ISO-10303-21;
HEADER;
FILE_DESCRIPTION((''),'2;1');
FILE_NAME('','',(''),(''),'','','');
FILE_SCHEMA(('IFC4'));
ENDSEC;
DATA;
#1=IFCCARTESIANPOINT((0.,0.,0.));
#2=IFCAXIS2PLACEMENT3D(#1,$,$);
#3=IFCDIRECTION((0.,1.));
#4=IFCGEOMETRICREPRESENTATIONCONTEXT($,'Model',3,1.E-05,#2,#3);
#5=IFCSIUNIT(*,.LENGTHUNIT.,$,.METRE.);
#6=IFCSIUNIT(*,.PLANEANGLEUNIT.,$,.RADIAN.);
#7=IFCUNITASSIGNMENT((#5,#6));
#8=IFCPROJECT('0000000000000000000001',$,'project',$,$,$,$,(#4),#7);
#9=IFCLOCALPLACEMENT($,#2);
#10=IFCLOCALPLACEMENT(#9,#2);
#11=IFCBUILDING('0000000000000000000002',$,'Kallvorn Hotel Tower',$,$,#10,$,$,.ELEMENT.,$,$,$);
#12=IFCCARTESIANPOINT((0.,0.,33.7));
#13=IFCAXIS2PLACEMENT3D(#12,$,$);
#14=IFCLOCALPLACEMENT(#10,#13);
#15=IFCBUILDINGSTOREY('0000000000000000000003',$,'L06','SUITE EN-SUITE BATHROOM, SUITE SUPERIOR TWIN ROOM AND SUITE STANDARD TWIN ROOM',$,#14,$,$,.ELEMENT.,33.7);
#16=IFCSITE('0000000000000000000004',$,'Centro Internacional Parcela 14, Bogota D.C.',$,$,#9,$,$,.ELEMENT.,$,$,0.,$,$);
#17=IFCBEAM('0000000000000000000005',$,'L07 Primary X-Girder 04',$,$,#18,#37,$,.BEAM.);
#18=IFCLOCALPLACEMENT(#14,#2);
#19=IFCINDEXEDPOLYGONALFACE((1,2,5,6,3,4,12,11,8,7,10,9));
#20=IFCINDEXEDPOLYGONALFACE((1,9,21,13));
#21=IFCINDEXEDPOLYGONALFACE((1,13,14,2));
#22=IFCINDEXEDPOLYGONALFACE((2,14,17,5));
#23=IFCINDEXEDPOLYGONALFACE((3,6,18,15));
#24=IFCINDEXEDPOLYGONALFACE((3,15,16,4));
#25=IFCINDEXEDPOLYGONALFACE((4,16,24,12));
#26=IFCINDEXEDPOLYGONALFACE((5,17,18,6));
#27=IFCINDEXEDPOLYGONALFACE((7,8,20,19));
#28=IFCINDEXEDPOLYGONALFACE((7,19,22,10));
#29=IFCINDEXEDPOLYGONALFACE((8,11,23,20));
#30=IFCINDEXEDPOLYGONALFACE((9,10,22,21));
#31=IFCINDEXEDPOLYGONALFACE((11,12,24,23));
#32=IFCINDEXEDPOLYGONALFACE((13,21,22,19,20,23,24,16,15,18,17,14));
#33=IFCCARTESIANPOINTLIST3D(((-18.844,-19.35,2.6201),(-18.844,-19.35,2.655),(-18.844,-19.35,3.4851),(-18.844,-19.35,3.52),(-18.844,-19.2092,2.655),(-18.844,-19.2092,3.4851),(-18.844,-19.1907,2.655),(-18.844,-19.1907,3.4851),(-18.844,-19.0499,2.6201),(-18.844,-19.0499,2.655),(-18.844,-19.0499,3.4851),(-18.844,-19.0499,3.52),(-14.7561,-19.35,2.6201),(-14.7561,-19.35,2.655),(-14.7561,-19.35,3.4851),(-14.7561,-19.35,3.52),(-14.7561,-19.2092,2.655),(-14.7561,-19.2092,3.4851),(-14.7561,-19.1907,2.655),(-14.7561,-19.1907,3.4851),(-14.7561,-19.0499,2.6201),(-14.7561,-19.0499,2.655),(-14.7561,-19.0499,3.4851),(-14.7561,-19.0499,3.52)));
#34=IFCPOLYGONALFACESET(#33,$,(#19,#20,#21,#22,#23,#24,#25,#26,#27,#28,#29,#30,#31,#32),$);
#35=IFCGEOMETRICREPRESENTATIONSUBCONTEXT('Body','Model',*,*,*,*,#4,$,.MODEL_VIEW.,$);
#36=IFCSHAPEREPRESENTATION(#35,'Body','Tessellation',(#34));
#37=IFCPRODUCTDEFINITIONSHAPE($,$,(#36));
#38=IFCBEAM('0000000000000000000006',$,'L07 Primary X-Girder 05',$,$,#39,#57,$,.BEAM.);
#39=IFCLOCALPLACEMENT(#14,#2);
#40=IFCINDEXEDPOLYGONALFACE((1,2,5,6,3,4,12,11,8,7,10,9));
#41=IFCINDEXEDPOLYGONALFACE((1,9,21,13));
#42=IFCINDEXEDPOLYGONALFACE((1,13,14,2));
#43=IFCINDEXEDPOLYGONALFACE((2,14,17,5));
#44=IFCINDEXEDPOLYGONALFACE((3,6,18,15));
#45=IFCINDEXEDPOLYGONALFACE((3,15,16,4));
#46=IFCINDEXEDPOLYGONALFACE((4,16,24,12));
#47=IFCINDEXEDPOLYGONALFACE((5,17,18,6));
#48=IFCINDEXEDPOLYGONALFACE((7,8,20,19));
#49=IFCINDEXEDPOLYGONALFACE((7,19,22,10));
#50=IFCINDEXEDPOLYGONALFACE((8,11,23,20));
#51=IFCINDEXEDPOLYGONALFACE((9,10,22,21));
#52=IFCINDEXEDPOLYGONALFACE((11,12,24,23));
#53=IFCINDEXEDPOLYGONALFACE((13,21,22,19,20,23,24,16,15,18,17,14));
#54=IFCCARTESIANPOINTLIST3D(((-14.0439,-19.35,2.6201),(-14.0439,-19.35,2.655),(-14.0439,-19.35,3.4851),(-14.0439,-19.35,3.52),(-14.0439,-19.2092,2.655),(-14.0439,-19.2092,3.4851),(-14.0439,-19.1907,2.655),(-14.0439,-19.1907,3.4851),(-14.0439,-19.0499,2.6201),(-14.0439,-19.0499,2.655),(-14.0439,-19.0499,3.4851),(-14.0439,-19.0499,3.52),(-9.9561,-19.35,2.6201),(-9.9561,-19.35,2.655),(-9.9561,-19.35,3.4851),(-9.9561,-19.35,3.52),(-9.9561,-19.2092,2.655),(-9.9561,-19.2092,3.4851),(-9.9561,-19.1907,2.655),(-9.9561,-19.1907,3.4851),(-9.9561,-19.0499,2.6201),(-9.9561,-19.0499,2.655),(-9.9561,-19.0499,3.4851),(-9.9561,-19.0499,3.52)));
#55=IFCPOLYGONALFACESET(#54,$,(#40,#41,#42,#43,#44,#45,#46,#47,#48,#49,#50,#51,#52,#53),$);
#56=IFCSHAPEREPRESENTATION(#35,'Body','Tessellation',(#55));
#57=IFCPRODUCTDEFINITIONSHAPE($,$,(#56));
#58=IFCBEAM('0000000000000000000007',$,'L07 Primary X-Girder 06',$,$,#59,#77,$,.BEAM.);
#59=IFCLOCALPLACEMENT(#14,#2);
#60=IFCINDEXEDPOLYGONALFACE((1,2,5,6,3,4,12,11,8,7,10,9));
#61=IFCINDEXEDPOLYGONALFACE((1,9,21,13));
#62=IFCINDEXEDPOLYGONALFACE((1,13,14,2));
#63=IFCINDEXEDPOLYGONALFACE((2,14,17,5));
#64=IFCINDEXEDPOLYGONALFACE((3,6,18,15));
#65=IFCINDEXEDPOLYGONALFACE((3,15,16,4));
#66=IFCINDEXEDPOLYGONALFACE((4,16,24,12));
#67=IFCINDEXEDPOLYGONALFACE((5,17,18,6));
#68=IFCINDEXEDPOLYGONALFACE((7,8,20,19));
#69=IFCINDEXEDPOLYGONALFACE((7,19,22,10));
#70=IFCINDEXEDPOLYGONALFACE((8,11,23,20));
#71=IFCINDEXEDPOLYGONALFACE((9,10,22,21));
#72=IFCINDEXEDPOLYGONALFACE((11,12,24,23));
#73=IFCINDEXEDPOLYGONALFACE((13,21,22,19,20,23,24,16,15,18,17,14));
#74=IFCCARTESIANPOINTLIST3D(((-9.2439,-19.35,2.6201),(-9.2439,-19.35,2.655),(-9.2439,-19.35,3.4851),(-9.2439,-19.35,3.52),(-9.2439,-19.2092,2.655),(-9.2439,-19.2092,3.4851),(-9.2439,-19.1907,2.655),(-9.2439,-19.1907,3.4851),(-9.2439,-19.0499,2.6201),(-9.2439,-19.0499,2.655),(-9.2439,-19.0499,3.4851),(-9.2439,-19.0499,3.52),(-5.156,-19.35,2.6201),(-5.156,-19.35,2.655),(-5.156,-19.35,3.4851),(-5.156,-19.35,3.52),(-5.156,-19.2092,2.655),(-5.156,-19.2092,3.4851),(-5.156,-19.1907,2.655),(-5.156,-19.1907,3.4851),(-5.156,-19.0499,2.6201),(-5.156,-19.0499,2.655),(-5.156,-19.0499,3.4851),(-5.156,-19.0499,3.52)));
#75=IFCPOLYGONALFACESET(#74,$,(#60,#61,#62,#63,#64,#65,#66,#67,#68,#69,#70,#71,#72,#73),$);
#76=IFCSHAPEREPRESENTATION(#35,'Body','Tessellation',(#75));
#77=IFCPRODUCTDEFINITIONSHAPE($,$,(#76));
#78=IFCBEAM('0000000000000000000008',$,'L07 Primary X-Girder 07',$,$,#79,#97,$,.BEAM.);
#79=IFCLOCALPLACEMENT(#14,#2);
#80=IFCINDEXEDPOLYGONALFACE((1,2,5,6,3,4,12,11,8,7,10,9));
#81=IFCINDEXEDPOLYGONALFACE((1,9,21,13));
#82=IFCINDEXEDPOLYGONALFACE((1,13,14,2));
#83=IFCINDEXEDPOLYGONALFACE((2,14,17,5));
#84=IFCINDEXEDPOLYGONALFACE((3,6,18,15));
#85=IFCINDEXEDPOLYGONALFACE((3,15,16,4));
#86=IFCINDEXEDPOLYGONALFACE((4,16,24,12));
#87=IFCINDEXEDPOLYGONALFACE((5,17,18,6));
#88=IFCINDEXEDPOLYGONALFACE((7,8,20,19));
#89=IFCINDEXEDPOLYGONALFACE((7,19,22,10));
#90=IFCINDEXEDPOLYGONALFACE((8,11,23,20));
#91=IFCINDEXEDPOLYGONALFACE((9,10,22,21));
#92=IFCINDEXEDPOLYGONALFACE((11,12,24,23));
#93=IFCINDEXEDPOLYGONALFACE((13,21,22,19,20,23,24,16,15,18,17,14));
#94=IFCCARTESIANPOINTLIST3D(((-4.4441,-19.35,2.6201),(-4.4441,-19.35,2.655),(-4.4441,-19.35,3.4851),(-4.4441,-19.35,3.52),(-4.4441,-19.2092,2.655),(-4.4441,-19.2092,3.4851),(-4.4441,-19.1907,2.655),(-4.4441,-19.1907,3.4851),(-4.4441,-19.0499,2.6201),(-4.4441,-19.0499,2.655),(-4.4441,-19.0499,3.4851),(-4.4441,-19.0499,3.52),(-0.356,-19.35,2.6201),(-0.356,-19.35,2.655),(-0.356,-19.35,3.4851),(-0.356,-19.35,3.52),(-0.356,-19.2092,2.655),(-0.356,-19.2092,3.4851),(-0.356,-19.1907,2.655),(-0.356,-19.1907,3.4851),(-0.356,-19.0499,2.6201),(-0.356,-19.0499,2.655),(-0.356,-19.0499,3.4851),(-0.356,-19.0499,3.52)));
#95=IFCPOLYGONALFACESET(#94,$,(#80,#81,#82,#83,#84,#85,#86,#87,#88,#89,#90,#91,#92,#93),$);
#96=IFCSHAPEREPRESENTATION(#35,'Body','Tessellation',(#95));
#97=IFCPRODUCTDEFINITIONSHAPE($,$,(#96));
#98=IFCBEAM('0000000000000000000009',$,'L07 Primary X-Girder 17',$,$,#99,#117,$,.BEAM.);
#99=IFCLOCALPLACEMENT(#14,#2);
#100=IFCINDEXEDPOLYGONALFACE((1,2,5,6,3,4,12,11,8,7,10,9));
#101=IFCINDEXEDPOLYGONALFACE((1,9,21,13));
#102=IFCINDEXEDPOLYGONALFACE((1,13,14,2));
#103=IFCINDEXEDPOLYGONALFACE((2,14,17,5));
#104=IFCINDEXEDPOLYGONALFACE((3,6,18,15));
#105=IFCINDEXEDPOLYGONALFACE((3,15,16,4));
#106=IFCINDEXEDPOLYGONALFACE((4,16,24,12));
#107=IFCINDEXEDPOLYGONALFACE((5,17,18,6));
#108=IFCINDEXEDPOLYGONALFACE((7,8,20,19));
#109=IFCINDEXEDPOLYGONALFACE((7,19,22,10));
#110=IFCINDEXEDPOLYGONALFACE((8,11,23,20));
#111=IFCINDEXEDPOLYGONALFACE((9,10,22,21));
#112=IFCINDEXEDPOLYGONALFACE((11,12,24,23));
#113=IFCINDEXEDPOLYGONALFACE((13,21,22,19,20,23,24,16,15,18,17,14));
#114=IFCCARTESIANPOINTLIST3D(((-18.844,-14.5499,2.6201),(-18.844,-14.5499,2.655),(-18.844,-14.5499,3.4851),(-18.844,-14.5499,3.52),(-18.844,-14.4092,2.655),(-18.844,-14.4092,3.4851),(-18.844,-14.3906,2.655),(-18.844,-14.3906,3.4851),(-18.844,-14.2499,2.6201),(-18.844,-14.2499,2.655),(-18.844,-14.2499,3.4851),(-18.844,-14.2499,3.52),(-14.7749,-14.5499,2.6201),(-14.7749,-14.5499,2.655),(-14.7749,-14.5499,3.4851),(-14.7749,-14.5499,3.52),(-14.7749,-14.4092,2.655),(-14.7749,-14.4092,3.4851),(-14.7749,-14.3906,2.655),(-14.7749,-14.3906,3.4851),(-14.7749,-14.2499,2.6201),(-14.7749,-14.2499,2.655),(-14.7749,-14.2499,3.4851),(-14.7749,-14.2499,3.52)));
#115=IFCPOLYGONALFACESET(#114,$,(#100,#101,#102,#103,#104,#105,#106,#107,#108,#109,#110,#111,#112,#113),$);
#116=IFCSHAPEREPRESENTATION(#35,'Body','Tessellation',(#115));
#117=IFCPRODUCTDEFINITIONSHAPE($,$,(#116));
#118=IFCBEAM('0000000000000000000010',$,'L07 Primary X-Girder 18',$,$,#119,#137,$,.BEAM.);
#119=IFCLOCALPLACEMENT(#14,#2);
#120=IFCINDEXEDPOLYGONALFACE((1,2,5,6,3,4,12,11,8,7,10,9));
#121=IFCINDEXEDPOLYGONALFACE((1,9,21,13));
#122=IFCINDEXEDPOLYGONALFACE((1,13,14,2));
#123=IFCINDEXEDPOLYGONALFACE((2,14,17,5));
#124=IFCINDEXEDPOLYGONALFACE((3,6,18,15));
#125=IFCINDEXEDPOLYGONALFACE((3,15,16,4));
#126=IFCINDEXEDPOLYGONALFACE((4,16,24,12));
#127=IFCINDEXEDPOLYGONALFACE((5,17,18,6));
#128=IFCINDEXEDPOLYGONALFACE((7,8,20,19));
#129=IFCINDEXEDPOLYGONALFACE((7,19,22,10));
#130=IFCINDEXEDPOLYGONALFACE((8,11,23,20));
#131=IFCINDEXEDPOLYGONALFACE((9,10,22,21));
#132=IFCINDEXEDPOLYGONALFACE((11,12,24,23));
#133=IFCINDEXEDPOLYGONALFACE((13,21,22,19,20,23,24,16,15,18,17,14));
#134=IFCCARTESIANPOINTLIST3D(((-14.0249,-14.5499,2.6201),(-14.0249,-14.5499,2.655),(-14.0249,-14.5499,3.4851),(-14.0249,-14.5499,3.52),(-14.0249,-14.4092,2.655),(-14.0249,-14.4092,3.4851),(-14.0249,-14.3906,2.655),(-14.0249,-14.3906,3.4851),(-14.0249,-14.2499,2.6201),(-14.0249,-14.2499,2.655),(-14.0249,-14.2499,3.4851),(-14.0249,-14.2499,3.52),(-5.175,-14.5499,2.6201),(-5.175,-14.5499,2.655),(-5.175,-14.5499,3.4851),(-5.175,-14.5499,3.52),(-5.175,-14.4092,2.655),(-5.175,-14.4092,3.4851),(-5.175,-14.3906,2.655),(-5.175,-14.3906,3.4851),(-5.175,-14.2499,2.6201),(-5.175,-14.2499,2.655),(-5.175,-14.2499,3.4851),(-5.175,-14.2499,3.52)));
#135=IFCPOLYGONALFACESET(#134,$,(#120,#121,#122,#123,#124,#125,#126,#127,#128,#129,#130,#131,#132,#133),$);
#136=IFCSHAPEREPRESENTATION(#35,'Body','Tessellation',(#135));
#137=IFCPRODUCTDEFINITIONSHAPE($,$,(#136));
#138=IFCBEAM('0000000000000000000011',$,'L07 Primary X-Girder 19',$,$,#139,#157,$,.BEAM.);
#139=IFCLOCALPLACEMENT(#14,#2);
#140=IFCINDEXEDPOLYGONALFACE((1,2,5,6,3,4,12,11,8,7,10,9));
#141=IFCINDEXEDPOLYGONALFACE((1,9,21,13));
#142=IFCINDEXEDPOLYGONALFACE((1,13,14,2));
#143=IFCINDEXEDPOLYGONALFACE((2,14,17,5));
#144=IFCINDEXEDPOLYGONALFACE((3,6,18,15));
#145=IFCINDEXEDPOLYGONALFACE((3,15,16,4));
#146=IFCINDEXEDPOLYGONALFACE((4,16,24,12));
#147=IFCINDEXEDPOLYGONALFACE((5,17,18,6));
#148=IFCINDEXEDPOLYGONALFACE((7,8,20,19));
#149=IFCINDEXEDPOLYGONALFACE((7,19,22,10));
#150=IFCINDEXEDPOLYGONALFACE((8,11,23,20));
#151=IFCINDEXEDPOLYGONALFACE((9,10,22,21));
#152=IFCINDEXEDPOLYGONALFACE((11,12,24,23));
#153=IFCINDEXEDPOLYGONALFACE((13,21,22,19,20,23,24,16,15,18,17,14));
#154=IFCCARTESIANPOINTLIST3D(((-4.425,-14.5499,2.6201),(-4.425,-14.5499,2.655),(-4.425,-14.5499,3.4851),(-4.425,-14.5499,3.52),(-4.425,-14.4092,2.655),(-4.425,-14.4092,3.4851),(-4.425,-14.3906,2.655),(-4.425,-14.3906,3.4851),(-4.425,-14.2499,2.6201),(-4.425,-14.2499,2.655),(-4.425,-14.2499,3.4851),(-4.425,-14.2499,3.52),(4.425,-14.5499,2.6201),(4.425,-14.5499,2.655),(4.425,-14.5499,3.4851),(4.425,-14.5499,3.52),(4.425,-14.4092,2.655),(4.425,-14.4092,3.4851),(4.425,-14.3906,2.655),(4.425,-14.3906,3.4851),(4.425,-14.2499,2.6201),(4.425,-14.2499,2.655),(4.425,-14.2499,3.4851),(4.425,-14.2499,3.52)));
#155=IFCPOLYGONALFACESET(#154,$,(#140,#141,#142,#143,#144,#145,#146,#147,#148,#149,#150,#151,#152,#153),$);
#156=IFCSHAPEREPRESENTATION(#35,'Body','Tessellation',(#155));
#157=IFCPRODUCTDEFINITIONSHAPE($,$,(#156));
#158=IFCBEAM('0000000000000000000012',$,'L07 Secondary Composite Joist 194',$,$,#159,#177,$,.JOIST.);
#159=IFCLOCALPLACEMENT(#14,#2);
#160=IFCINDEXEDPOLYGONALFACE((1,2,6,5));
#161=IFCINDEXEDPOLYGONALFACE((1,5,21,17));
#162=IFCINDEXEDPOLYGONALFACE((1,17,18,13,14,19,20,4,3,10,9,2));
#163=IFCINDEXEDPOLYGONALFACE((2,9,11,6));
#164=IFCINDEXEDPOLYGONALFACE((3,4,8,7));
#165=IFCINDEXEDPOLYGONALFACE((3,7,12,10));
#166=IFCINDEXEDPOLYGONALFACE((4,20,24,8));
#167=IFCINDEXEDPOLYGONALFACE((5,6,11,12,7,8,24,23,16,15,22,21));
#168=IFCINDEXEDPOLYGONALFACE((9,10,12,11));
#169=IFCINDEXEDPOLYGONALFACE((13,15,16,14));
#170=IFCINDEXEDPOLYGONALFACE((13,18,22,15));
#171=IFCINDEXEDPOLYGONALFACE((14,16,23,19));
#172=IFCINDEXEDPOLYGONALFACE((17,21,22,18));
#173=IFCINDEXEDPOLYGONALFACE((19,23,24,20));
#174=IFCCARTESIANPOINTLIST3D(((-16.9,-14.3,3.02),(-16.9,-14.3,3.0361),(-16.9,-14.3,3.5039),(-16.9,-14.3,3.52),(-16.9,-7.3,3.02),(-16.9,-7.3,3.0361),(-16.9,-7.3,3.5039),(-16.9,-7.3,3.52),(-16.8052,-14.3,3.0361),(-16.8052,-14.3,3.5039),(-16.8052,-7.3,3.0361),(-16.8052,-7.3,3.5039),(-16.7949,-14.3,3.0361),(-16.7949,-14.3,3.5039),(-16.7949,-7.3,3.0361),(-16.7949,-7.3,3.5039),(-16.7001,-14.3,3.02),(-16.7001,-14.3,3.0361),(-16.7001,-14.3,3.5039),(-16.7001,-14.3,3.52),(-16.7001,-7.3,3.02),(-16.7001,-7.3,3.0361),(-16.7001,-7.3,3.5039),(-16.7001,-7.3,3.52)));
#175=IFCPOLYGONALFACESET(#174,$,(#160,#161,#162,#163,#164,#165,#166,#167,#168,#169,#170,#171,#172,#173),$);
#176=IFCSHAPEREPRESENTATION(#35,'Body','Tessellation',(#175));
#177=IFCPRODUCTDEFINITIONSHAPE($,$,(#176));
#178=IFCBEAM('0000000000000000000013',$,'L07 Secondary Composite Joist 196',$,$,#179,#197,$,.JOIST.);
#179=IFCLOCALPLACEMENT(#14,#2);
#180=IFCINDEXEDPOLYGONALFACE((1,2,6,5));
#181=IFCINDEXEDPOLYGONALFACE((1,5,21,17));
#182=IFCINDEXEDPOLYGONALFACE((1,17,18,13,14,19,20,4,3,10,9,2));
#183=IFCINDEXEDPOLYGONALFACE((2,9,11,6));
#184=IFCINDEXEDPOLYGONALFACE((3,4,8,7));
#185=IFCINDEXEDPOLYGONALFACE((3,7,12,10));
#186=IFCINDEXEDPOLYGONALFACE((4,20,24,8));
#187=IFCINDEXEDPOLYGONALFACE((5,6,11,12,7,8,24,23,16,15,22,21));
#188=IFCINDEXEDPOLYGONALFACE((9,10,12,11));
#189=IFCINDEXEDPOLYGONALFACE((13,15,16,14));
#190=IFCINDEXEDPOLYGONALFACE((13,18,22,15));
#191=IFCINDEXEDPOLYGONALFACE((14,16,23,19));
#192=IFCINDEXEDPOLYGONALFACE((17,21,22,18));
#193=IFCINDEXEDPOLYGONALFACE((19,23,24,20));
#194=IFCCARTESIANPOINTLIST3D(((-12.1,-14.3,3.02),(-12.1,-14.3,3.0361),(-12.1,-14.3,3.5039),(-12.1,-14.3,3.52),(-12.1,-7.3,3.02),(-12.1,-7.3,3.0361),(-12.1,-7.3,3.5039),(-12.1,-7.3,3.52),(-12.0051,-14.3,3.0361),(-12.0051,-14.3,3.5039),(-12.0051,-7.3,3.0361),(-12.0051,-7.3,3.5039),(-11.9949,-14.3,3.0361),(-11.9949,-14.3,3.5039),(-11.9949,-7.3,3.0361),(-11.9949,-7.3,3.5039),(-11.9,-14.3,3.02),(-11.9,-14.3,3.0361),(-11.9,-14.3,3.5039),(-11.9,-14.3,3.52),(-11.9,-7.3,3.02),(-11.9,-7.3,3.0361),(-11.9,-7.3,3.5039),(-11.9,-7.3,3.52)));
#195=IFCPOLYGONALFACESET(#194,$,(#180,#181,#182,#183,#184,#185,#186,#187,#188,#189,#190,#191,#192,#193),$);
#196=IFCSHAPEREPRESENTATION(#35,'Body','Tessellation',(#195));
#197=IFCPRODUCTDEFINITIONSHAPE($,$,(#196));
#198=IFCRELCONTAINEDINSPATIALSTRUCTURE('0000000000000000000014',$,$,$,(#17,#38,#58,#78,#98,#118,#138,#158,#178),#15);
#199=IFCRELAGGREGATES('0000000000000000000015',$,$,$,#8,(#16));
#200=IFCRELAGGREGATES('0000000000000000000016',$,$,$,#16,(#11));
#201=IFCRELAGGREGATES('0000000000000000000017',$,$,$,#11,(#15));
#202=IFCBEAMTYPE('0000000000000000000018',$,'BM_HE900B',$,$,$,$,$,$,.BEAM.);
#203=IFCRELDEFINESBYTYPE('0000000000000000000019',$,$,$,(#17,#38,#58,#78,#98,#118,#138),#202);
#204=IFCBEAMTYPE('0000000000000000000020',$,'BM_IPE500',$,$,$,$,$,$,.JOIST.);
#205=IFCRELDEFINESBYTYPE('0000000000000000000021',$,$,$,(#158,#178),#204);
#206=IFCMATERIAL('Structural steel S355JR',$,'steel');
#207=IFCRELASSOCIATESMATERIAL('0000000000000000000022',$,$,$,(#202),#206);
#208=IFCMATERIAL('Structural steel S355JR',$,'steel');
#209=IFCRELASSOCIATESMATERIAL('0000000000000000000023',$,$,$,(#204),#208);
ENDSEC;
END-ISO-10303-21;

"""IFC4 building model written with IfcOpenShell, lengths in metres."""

from ifc_helpers import new_model, si_unit, direction, frame, origin, origin_2d, place, context, subcontext, project, spatial, i_section, extrude, material, material_profile, profile_set, type_object, element, save


model = new_model("IFC4")

# Units and contexts
model_context = context("Model", 3, precision=1e-05, world=origin(), true_north=direction((0.0, 1.0)))
body_context = subcontext(model_context, "Body", "Model", "MODEL_VIEW")
ifc_project = project(units=[si_unit("LENGTHUNIT", "METRE"), si_unit("PLANEANGLEUNIT", "RADIAN")], contexts=[model_context])

# Site, building, storey
site_placement = place(None, origin())
site = spatial("IfcSite", under=ifc_project, at=site_placement, Name="Centro Internacional Parcela 14, Bogota D.C.", CompositionType="ELEMENT", RefElevation=0.0)
building_placement = place(site_placement, origin())
building = spatial("IfcBuilding", under=site, at=building_placement, Name="Kallvorn Hotel Tower", CompositionType="ELEMENT")
storey_placement = place(building_placement, frame((0.0, 0.0, 33.7)))
storey = spatial("IfcBuildingStorey", under=building, at=storey_placement, Name="L06", Description="SUITE EN-SUITE BATHROOM, SUITE SUPERIOR TWIN ROOM AND SUITE STANDARD TWIN ROOM", CompositionType="ELEMENT", Elevation=33.7)

# Beams
ifc_material_1 = material(Name="Structural steel S355JR", Category="steel")
ifc_material_profile_1 = material_profile(ifc_material_1, i_section(OverallWidth=0.3, OverallDepth=0.8999, WebThickness=0.0186, FlangeThickness=0.0349, at=origin_2d()), Name="HE 900 B")
ifc_profile_set_1 = profile_set([ifc_material_profile_1], Name="Structural steel S355JR")
beam_type_1 = type_object("IfcBeamType", Name="BM_HE900B", PredefinedType="BEAM", material=ifc_profile_set_1)
for number, where, z_axis, x_axis, name in (
    (1, (-18.844, -19.2, 3.0701), (1.0, 0.0, 0.0), (0.0, 1.0, 0.0), "L07 Primary X-Girder 04"),
    (2, (-14.0439, -19.2, 3.0701), (1.0, 0.0, 0.0), (0.0, 1.0, 0.0), "L07 Primary X-Girder 05"),
    (3, (-9.2439, -19.2, 3.0701), (1.0, 0.0, 0.0), (0.0, 1.0, 0.0), "L07 Primary X-Girder 06"),
):
    element("IfcBeam", number, at=place(storey_placement, frame(where, z_axis=z_axis, x_axis=x_axis)), inside=storey, type_object=beam_type_1, Name=name, PredefinedType="BEAM", context=body_context, shape_type="SweptSolid", body=[
        extrude(i_section(OverallWidth=0.3, OverallDepth=0.8999, WebThickness=0.0186, FlangeThickness=0.0349, at=origin_2d()), origin(), (0.0, 0.0, 1.0), 4.0879),
    ])
beam_1_placement = place(storey_placement, frame((-4.4441, -19.2, 3.0701), z_axis=(1.0, 0.0, 0.0), x_axis=(0.0, 1.0, 0.0)))
element("IfcBeam", 4, at=beam_1_placement, inside=storey, type_object=beam_type_1, Name="L07 Primary X-Girder 07", PredefinedType="BEAM", context=body_context, shape_type="SweptSolid", body=[
    extrude(i_section(OverallWidth=0.3, OverallDepth=0.8999, WebThickness=0.0186, FlangeThickness=0.0349, at=origin_2d()), origin(), (0.0, 0.0, 1.0), 4.0881),
])
beam_2_placement = place(storey_placement, frame((-18.844, -14.3999, 3.0701), z_axis=(1.0, 0.0, 0.0), x_axis=(0.0, 1.0, 0.0)))
element("IfcBeam", 5, at=beam_2_placement, inside=storey, type_object=beam_type_1, Name="L07 Primary X-Girder 17", PredefinedType="BEAM", context=body_context, shape_type="SweptSolid", body=[
    extrude(i_section(OverallWidth=0.3, OverallDepth=0.8999, WebThickness=0.0186, FlangeThickness=0.0349, at=origin_2d()), origin(), (0.0, 0.0, 1.0), 4.0691),
])
beam_3_placement = place(storey_placement, frame((-14.0249, -14.3999, 3.0701), z_axis=(1.0, 0.0, 0.0), x_axis=(0.0, 1.0, 0.0)))
element("IfcBeam", 6, at=beam_3_placement, inside=storey, type_object=beam_type_1, Name="L07 Primary X-Girder 18", PredefinedType="BEAM", context=body_context, shape_type="SweptSolid", body=[
    extrude(i_section(OverallWidth=0.3, OverallDepth=0.8999, WebThickness=0.0186, FlangeThickness=0.0349, at=origin_2d()), origin(), (0.0, 0.0, 1.0), 8.8499),
])
beam_4_placement = place(storey_placement, frame((-4.425, -14.3999, 3.0701), z_axis=(1.0, 0.0, 0.0), x_axis=(0.0, 1.0, 0.0)))
element("IfcBeam", 7, at=beam_4_placement, inside=storey, type_object=beam_type_1, Name="L07 Primary X-Girder 19", PredefinedType="BEAM", context=body_context, shape_type="SweptSolid", body=[
    extrude(i_section(OverallWidth=0.3, OverallDepth=0.8999, WebThickness=0.0186, FlangeThickness=0.0349, at=origin_2d()), origin(), (0.0, 0.0, 1.0), 8.8501),
])
ifc_material_2 = material(Name="Structural steel S355JR", Category="steel")
ifc_material_profile_2 = material_profile(ifc_material_2, i_section(OverallWidth=0.2, OverallDepth=0.5, WebThickness=0.0103, FlangeThickness=0.0161, at=origin_2d()), Name="IPE 500")
ifc_profile_set_2 = profile_set([ifc_material_profile_2], Name="Structural steel S355JR")
beam_type_2 = type_object("IfcBeamType", Name="BM_IPE500", PredefinedType="JOIST", material=ifc_profile_set_2)
for number, where, z_axis, x_axis, name in (
    (8, (-16.8, -14.3, 3.27), (0.0, 1.0, 0.0), (-1.0, 0.0, 0.0), "L07 Secondary Composite Joist 194"),
    (9, (-12.0, -14.3, 3.27), (0.0, 1.0, 0.0), (-1.0, 0.0, 0.0), "L07 Secondary Composite Joist 196"),
):
    element("IfcBeam", number, at=place(storey_placement, frame(where, z_axis=z_axis, x_axis=x_axis)), inside=storey, type_object=beam_type_2, Name=name, PredefinedType="JOIST", context=body_context, shape_type="SweptSolid", body=[
        extrude(i_section(OverallWidth=0.2, OverallDepth=0.5, WebThickness=0.0103, FlangeThickness=0.0161, at=origin_2d()), origin(), (0.0, 0.0, 1.0), 7.0),
    ])

save(model, "model.ifc")
